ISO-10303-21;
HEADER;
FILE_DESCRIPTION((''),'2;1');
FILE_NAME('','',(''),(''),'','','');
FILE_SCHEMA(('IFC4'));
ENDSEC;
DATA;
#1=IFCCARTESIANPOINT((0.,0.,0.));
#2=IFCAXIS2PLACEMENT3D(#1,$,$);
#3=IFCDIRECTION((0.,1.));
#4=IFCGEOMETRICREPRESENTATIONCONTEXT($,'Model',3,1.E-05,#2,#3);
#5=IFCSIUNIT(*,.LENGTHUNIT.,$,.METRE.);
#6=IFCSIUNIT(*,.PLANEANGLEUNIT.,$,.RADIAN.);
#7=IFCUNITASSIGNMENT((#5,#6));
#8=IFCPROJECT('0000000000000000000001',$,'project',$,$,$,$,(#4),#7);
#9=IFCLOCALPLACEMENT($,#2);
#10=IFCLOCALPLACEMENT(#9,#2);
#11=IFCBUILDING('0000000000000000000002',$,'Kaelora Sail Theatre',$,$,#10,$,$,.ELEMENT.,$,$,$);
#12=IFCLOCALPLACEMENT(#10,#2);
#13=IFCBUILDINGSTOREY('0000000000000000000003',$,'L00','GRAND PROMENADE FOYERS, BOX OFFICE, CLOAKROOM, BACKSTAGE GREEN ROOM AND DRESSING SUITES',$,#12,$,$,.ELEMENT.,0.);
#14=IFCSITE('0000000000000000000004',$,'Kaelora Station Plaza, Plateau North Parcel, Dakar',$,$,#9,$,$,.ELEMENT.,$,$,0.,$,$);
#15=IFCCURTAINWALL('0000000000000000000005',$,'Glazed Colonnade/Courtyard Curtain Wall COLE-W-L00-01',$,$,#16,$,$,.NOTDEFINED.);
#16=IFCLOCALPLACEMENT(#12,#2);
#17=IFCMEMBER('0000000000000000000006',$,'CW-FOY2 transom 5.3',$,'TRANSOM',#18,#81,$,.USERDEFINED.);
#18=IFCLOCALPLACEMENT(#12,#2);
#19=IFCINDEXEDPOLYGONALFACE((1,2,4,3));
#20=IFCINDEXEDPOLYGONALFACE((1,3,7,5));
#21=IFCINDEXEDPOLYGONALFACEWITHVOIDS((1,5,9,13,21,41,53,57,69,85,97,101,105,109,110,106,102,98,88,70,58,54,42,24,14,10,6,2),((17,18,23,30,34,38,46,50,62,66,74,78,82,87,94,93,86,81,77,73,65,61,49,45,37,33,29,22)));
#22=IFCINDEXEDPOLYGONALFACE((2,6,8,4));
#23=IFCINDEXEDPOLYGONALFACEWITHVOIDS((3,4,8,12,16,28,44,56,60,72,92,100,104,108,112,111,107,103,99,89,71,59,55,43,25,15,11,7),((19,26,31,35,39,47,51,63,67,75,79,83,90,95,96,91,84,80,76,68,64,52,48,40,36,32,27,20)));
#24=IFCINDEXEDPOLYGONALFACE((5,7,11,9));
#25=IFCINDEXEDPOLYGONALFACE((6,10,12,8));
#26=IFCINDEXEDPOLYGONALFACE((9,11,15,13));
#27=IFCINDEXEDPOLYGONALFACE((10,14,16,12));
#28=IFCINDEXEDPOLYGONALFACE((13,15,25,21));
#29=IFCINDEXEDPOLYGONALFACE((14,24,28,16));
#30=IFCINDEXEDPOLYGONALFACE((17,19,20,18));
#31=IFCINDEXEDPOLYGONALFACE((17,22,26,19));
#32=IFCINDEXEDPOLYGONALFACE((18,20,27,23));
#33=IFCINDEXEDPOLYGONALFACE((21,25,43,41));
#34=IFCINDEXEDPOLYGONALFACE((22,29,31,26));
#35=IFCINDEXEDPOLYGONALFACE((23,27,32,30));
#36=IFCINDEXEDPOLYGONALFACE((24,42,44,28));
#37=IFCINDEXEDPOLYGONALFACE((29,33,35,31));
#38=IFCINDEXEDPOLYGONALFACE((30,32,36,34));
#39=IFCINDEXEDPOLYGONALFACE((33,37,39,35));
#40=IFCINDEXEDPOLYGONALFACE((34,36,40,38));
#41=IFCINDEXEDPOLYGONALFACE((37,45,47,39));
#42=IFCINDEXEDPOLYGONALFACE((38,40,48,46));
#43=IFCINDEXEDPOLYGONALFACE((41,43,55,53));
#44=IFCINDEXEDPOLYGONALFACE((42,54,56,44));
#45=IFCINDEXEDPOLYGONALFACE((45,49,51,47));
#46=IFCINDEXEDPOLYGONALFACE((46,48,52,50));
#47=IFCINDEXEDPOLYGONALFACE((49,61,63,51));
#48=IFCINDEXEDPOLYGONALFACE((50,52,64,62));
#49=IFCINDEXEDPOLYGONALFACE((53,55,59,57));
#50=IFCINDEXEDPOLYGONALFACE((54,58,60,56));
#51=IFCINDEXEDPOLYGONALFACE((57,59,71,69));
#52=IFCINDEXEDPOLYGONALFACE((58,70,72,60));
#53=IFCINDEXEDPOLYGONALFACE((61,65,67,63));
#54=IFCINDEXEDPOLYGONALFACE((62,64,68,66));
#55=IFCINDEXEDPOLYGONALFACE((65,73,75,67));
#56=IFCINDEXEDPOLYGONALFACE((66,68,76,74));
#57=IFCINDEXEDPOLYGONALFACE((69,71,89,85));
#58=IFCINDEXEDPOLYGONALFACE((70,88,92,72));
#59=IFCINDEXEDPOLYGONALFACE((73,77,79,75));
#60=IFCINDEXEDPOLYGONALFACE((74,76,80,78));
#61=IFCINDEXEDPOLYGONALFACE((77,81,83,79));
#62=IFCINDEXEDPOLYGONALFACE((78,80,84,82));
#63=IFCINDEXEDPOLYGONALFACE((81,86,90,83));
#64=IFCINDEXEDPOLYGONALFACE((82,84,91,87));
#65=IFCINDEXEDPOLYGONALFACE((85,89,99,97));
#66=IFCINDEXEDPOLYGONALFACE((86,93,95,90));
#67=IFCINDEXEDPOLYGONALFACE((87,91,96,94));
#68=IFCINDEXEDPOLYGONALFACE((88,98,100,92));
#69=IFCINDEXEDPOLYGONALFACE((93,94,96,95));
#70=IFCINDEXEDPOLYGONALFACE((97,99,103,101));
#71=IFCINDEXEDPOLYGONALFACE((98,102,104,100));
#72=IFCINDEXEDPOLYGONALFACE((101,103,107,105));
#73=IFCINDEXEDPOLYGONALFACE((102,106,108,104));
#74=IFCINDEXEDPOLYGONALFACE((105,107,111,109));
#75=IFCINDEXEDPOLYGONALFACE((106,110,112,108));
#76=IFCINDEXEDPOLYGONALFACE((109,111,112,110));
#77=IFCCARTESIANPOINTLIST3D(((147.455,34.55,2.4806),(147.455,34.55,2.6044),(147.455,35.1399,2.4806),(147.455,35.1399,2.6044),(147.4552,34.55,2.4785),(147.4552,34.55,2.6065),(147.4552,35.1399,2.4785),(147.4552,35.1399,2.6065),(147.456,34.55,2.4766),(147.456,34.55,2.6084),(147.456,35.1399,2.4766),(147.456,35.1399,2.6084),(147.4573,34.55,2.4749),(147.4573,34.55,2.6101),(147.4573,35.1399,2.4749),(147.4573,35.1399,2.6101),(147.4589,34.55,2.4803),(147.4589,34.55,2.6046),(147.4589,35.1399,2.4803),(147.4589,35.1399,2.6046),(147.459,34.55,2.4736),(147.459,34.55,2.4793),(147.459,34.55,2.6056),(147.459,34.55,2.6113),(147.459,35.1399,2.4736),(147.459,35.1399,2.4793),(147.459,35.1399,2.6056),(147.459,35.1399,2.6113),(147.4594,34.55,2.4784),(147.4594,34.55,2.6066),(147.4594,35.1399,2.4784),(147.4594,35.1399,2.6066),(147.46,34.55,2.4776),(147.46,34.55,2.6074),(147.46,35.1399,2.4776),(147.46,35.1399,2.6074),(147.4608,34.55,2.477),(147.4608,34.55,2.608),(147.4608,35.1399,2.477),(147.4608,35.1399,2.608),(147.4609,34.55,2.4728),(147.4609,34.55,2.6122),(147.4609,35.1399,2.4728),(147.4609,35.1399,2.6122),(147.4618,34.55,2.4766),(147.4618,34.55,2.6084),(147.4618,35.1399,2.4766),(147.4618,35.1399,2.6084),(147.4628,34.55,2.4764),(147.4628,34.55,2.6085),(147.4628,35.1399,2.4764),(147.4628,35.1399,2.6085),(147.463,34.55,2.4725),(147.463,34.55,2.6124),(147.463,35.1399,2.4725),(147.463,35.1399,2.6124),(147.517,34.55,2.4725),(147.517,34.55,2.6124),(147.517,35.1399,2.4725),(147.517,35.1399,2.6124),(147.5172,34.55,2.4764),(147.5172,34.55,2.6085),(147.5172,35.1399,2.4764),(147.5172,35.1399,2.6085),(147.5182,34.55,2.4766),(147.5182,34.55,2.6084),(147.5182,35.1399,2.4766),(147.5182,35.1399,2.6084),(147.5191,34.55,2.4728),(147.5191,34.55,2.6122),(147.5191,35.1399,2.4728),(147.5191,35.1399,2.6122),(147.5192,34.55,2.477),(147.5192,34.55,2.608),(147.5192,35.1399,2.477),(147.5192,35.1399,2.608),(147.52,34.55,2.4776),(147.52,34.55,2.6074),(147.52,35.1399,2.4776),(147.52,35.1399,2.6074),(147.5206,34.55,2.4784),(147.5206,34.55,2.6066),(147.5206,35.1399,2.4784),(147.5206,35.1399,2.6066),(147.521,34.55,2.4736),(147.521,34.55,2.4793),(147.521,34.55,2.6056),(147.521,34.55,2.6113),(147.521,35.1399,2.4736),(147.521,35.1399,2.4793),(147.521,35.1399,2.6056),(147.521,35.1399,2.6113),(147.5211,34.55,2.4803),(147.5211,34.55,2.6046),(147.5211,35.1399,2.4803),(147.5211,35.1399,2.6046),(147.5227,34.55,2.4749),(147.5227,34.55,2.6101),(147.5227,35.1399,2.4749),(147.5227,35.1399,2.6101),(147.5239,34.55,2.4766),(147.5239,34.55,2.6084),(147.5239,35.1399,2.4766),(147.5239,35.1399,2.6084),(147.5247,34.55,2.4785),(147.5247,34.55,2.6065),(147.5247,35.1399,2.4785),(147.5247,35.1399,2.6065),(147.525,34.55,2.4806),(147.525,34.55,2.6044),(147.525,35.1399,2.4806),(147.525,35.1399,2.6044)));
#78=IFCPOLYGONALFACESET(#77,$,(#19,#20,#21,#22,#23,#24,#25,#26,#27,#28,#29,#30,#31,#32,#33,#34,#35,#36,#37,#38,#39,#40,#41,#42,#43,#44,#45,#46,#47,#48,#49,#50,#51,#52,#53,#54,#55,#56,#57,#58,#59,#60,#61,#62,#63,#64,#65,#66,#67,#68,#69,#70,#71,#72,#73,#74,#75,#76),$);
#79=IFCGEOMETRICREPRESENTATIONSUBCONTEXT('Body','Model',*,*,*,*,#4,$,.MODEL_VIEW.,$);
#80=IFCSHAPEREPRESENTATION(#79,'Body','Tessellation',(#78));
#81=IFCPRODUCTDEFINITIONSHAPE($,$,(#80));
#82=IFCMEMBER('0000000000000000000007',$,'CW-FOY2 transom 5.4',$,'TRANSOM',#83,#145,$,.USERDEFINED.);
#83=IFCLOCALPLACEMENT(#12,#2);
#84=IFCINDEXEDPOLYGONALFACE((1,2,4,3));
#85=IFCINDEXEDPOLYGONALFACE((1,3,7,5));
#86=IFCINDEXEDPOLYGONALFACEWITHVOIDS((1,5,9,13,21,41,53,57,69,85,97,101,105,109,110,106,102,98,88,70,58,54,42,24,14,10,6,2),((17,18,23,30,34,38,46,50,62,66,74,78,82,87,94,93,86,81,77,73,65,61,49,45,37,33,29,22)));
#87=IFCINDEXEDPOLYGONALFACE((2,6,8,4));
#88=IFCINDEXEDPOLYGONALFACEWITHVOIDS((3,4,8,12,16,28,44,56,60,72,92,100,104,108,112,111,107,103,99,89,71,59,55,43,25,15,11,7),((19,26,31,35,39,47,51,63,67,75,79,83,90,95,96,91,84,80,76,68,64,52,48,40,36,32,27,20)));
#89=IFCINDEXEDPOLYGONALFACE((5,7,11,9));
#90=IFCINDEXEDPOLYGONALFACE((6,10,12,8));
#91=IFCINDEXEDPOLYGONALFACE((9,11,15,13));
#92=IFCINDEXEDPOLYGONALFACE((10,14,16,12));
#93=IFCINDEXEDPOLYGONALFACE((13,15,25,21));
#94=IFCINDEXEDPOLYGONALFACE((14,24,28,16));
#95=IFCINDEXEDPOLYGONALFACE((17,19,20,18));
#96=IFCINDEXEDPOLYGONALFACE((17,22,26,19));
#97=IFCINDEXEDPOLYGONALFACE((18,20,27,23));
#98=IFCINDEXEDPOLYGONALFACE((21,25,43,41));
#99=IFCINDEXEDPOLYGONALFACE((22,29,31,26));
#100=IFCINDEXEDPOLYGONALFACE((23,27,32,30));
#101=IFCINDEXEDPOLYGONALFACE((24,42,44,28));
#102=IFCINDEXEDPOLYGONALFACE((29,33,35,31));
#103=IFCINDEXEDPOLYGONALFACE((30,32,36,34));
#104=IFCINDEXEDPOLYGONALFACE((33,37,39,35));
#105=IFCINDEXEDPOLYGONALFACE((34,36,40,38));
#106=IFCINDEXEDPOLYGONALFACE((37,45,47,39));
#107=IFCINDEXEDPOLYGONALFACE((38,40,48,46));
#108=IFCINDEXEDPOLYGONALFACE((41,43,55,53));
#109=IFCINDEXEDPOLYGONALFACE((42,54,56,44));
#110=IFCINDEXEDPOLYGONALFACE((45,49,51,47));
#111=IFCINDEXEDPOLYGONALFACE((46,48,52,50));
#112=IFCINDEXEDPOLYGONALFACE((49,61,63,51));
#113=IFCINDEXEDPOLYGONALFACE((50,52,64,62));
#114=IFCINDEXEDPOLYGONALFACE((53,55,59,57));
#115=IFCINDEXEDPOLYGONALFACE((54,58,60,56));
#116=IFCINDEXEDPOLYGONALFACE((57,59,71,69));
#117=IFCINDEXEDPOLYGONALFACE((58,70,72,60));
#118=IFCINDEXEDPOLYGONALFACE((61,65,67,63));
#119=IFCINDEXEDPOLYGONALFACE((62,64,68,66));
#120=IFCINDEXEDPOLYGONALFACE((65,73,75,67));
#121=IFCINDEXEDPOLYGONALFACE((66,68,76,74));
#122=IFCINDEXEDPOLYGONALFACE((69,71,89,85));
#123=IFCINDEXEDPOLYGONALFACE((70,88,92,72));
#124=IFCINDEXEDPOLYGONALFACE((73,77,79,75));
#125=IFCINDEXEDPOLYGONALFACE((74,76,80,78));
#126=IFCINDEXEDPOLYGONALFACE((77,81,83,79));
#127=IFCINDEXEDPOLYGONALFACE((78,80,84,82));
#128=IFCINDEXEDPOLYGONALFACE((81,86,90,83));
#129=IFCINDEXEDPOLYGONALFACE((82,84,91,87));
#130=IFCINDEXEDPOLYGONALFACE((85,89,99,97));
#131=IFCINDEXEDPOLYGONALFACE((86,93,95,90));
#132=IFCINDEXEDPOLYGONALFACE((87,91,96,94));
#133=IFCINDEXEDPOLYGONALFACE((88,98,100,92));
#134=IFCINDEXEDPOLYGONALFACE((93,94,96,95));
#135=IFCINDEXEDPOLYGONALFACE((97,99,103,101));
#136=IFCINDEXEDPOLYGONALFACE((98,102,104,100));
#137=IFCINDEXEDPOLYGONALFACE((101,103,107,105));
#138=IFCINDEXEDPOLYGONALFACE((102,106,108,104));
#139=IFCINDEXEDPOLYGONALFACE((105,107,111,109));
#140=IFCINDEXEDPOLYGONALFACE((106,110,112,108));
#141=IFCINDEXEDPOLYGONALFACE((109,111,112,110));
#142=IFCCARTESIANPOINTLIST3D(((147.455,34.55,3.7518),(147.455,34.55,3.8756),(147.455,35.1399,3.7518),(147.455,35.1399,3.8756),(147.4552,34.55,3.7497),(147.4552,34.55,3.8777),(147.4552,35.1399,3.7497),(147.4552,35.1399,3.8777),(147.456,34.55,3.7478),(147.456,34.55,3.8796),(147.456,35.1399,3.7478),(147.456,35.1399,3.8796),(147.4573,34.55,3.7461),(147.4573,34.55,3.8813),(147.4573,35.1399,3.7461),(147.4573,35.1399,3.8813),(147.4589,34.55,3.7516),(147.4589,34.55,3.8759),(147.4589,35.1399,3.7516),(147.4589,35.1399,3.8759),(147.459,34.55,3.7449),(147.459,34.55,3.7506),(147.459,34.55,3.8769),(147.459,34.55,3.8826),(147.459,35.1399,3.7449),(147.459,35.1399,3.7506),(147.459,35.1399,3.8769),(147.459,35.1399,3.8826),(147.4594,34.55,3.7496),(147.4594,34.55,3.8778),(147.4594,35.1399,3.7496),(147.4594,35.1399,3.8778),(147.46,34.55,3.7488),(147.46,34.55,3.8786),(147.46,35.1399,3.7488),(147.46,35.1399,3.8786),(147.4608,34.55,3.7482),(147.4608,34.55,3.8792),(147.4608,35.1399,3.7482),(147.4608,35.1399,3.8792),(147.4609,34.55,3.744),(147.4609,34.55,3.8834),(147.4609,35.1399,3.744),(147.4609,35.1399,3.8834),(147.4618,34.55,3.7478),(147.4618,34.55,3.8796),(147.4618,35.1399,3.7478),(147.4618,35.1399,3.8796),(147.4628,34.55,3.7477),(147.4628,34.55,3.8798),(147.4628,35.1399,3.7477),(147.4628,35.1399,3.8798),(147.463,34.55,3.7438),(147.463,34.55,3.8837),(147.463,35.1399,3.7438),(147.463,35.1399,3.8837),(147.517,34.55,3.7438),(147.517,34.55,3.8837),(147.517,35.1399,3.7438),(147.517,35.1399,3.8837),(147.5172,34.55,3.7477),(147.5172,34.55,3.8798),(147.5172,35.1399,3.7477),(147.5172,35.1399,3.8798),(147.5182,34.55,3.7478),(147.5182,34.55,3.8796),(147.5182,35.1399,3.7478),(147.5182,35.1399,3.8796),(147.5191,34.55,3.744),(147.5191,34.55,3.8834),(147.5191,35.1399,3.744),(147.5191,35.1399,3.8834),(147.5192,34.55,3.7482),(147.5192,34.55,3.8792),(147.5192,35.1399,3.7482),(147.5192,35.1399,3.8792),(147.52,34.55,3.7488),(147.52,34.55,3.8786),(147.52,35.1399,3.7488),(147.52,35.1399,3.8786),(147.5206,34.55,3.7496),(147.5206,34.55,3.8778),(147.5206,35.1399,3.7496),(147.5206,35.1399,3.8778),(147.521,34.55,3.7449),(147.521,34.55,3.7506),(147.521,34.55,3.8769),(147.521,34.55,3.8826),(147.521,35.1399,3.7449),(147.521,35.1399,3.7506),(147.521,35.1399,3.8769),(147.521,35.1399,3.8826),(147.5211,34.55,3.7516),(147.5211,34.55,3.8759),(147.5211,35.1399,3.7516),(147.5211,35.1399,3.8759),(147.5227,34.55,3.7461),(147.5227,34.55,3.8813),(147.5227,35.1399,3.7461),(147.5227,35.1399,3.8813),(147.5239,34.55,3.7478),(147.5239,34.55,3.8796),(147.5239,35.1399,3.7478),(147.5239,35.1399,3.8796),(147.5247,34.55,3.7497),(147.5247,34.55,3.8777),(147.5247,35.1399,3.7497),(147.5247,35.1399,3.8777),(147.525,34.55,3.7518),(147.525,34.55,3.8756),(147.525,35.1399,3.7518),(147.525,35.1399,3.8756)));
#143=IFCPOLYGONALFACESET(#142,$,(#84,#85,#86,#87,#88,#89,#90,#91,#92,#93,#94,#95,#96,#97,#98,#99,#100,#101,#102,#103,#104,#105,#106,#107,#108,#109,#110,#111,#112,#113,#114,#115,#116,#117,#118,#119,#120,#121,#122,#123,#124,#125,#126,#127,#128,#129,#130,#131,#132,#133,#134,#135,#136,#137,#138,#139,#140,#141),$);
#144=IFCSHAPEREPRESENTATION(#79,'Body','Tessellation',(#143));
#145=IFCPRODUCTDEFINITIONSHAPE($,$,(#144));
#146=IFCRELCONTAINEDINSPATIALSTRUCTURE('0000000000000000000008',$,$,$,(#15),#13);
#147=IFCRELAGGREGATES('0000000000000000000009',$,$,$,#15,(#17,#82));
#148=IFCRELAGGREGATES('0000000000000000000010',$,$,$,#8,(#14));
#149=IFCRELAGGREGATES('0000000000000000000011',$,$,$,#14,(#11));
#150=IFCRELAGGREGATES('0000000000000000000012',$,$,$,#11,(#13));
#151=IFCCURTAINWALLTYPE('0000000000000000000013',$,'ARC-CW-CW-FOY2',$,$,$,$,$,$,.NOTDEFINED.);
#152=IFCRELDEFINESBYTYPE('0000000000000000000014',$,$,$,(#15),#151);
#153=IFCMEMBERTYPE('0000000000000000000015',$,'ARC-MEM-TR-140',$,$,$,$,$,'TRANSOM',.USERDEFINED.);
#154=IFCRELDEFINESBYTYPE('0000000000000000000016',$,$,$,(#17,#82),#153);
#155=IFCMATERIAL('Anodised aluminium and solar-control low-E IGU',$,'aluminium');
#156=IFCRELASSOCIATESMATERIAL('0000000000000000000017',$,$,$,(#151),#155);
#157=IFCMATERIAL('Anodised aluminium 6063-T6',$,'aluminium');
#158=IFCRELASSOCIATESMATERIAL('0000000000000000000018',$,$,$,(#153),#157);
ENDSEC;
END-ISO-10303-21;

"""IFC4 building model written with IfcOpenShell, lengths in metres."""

from ifc_helpers import new_model, si_unit, direction, frame, origin, origin_2d, place, context, subcontext, project, spatial, hollow_rectangle, extrude, material, material_profile, profile_set, type_object, element, aggregate, save


model = new_model("IFC4")

# Units and contexts
model_context = context("Model", 3, precision=1e-05, world=origin(), true_north=direction((0.0, 1.0)))
body_context = subcontext(model_context, "Body", "Model", "MODEL_VIEW")
ifc_project = project(units=[si_unit("LENGTHUNIT", "METRE"), si_unit("PLANEANGLEUNIT", "RADIAN")], contexts=[model_context])

# Site, building, storey
site_placement = place(None, origin())
site = spatial("IfcSite", under=ifc_project, at=site_placement, Name="Kaelora Station Plaza, Plateau North Parcel, Dakar", CompositionType="ELEMENT", RefElevation=0.0)
building_placement = place(site_placement, origin())
building = spatial("IfcBuilding", under=site, at=building_placement, Name="Kaelora Sail Theatre", CompositionType="ELEMENT")
storey_placement = place(building_placement, origin())
storey = spatial("IfcBuildingStorey", under=building, at=storey_placement, Name="L00", Description="GRAND PROMENADE FOYERS, BOX OFFICE, CLOAKROOM, BACKSTAGE GREEN ROOM AND DRESSING SUITES", CompositionType="ELEMENT", Elevation=0.0)

# Curtain wall, members
ifc_material_1 = material(Name="Anodised aluminium and solar-control low-E IGU", Category="aluminium")
curtain_wall_type = type_object("IfcCurtainWallType", Name="ARC-CW-CW-FOY2", PredefinedType="NOTDEFINED", material=ifc_material_1)
curtain_wall_placement = place(storey_placement, origin())
curtain_wall = element("IfcCurtainWall", 1, at=curtain_wall_placement, inside=storey, type_object=curtain_wall_type, Name="Glazed Colonnade/Courtyard Curtain Wall COLE-W-L00-01", PredefinedType="NOTDEFINED")
ifc_material_2 = material(Name="Anodised aluminium 6063-T6", Category="aluminium")
ifc_material_profile_1 = material_profile(ifc_material_2, hollow_rectangle(XDim=0.0701, YDim=0.1399, WallThickness=0.0039, InnerFilletRadius=0.0039, OuterFilletRadius=0.0081, at=origin_2d()), Name="ALU-TRAN 70x140x4")
ifc_profile_set_1 = profile_set([ifc_material_profile_1], Name="Anodised aluminium 6063-T6")
member_type_1 = type_object("IfcMemberType", Name="ARC-MEM-TR-140", ElementType="TRANSOM", PredefinedType="USERDEFINED", material=ifc_profile_set_1)
member_1_placement = place(storey_placement, frame((147.49, 34.55, 2.5425), z_axis=(0.0, 1.0, 0.0), x_axis=(-1.0, 0.0, 0.0)))
member_1 = element("IfcMember", 2, at=member_1_placement, type_object=member_type_1, Name="CW-FOY2 transom 5.3", ObjectType="TRANSOM", PredefinedType="USERDEFINED", context=body_context, shape_type="SweptSolid", body=[
    extrude(hollow_rectangle(XDim=0.0701, YDim=0.1399, WallThickness=0.0039, InnerFilletRadius=0.0039, OuterFilletRadius=0.0081, at=origin_2d()), origin(), (0.0, 0.0, 1.0), 0.5898),
])
member_2_placement = place(storey_placement, frame((147.49, 34.55, 3.8137), z_axis=(0.0, 1.0, 0.0), x_axis=(-1.0, 0.0, 0.0)))
member_2 = element("IfcMember", 3, at=member_2_placement, type_object=member_type_1, Name="CW-FOY2 transom 5.4", ObjectType="TRANSOM", PredefinedType="USERDEFINED", context=body_context, shape_type="SweptSolid", body=[
    extrude(hollow_rectangle(XDim=0.0701, YDim=0.1399, WallThickness=0.0039, InnerFilletRadius=0.0039, OuterFilletRadius=0.0081, at=origin_2d()), origin(), (0.0, 0.0, 1.0), 0.5898),
])
aggregate(curtain_wall, [member_1, member_2])

save(model, "model.ifc")
